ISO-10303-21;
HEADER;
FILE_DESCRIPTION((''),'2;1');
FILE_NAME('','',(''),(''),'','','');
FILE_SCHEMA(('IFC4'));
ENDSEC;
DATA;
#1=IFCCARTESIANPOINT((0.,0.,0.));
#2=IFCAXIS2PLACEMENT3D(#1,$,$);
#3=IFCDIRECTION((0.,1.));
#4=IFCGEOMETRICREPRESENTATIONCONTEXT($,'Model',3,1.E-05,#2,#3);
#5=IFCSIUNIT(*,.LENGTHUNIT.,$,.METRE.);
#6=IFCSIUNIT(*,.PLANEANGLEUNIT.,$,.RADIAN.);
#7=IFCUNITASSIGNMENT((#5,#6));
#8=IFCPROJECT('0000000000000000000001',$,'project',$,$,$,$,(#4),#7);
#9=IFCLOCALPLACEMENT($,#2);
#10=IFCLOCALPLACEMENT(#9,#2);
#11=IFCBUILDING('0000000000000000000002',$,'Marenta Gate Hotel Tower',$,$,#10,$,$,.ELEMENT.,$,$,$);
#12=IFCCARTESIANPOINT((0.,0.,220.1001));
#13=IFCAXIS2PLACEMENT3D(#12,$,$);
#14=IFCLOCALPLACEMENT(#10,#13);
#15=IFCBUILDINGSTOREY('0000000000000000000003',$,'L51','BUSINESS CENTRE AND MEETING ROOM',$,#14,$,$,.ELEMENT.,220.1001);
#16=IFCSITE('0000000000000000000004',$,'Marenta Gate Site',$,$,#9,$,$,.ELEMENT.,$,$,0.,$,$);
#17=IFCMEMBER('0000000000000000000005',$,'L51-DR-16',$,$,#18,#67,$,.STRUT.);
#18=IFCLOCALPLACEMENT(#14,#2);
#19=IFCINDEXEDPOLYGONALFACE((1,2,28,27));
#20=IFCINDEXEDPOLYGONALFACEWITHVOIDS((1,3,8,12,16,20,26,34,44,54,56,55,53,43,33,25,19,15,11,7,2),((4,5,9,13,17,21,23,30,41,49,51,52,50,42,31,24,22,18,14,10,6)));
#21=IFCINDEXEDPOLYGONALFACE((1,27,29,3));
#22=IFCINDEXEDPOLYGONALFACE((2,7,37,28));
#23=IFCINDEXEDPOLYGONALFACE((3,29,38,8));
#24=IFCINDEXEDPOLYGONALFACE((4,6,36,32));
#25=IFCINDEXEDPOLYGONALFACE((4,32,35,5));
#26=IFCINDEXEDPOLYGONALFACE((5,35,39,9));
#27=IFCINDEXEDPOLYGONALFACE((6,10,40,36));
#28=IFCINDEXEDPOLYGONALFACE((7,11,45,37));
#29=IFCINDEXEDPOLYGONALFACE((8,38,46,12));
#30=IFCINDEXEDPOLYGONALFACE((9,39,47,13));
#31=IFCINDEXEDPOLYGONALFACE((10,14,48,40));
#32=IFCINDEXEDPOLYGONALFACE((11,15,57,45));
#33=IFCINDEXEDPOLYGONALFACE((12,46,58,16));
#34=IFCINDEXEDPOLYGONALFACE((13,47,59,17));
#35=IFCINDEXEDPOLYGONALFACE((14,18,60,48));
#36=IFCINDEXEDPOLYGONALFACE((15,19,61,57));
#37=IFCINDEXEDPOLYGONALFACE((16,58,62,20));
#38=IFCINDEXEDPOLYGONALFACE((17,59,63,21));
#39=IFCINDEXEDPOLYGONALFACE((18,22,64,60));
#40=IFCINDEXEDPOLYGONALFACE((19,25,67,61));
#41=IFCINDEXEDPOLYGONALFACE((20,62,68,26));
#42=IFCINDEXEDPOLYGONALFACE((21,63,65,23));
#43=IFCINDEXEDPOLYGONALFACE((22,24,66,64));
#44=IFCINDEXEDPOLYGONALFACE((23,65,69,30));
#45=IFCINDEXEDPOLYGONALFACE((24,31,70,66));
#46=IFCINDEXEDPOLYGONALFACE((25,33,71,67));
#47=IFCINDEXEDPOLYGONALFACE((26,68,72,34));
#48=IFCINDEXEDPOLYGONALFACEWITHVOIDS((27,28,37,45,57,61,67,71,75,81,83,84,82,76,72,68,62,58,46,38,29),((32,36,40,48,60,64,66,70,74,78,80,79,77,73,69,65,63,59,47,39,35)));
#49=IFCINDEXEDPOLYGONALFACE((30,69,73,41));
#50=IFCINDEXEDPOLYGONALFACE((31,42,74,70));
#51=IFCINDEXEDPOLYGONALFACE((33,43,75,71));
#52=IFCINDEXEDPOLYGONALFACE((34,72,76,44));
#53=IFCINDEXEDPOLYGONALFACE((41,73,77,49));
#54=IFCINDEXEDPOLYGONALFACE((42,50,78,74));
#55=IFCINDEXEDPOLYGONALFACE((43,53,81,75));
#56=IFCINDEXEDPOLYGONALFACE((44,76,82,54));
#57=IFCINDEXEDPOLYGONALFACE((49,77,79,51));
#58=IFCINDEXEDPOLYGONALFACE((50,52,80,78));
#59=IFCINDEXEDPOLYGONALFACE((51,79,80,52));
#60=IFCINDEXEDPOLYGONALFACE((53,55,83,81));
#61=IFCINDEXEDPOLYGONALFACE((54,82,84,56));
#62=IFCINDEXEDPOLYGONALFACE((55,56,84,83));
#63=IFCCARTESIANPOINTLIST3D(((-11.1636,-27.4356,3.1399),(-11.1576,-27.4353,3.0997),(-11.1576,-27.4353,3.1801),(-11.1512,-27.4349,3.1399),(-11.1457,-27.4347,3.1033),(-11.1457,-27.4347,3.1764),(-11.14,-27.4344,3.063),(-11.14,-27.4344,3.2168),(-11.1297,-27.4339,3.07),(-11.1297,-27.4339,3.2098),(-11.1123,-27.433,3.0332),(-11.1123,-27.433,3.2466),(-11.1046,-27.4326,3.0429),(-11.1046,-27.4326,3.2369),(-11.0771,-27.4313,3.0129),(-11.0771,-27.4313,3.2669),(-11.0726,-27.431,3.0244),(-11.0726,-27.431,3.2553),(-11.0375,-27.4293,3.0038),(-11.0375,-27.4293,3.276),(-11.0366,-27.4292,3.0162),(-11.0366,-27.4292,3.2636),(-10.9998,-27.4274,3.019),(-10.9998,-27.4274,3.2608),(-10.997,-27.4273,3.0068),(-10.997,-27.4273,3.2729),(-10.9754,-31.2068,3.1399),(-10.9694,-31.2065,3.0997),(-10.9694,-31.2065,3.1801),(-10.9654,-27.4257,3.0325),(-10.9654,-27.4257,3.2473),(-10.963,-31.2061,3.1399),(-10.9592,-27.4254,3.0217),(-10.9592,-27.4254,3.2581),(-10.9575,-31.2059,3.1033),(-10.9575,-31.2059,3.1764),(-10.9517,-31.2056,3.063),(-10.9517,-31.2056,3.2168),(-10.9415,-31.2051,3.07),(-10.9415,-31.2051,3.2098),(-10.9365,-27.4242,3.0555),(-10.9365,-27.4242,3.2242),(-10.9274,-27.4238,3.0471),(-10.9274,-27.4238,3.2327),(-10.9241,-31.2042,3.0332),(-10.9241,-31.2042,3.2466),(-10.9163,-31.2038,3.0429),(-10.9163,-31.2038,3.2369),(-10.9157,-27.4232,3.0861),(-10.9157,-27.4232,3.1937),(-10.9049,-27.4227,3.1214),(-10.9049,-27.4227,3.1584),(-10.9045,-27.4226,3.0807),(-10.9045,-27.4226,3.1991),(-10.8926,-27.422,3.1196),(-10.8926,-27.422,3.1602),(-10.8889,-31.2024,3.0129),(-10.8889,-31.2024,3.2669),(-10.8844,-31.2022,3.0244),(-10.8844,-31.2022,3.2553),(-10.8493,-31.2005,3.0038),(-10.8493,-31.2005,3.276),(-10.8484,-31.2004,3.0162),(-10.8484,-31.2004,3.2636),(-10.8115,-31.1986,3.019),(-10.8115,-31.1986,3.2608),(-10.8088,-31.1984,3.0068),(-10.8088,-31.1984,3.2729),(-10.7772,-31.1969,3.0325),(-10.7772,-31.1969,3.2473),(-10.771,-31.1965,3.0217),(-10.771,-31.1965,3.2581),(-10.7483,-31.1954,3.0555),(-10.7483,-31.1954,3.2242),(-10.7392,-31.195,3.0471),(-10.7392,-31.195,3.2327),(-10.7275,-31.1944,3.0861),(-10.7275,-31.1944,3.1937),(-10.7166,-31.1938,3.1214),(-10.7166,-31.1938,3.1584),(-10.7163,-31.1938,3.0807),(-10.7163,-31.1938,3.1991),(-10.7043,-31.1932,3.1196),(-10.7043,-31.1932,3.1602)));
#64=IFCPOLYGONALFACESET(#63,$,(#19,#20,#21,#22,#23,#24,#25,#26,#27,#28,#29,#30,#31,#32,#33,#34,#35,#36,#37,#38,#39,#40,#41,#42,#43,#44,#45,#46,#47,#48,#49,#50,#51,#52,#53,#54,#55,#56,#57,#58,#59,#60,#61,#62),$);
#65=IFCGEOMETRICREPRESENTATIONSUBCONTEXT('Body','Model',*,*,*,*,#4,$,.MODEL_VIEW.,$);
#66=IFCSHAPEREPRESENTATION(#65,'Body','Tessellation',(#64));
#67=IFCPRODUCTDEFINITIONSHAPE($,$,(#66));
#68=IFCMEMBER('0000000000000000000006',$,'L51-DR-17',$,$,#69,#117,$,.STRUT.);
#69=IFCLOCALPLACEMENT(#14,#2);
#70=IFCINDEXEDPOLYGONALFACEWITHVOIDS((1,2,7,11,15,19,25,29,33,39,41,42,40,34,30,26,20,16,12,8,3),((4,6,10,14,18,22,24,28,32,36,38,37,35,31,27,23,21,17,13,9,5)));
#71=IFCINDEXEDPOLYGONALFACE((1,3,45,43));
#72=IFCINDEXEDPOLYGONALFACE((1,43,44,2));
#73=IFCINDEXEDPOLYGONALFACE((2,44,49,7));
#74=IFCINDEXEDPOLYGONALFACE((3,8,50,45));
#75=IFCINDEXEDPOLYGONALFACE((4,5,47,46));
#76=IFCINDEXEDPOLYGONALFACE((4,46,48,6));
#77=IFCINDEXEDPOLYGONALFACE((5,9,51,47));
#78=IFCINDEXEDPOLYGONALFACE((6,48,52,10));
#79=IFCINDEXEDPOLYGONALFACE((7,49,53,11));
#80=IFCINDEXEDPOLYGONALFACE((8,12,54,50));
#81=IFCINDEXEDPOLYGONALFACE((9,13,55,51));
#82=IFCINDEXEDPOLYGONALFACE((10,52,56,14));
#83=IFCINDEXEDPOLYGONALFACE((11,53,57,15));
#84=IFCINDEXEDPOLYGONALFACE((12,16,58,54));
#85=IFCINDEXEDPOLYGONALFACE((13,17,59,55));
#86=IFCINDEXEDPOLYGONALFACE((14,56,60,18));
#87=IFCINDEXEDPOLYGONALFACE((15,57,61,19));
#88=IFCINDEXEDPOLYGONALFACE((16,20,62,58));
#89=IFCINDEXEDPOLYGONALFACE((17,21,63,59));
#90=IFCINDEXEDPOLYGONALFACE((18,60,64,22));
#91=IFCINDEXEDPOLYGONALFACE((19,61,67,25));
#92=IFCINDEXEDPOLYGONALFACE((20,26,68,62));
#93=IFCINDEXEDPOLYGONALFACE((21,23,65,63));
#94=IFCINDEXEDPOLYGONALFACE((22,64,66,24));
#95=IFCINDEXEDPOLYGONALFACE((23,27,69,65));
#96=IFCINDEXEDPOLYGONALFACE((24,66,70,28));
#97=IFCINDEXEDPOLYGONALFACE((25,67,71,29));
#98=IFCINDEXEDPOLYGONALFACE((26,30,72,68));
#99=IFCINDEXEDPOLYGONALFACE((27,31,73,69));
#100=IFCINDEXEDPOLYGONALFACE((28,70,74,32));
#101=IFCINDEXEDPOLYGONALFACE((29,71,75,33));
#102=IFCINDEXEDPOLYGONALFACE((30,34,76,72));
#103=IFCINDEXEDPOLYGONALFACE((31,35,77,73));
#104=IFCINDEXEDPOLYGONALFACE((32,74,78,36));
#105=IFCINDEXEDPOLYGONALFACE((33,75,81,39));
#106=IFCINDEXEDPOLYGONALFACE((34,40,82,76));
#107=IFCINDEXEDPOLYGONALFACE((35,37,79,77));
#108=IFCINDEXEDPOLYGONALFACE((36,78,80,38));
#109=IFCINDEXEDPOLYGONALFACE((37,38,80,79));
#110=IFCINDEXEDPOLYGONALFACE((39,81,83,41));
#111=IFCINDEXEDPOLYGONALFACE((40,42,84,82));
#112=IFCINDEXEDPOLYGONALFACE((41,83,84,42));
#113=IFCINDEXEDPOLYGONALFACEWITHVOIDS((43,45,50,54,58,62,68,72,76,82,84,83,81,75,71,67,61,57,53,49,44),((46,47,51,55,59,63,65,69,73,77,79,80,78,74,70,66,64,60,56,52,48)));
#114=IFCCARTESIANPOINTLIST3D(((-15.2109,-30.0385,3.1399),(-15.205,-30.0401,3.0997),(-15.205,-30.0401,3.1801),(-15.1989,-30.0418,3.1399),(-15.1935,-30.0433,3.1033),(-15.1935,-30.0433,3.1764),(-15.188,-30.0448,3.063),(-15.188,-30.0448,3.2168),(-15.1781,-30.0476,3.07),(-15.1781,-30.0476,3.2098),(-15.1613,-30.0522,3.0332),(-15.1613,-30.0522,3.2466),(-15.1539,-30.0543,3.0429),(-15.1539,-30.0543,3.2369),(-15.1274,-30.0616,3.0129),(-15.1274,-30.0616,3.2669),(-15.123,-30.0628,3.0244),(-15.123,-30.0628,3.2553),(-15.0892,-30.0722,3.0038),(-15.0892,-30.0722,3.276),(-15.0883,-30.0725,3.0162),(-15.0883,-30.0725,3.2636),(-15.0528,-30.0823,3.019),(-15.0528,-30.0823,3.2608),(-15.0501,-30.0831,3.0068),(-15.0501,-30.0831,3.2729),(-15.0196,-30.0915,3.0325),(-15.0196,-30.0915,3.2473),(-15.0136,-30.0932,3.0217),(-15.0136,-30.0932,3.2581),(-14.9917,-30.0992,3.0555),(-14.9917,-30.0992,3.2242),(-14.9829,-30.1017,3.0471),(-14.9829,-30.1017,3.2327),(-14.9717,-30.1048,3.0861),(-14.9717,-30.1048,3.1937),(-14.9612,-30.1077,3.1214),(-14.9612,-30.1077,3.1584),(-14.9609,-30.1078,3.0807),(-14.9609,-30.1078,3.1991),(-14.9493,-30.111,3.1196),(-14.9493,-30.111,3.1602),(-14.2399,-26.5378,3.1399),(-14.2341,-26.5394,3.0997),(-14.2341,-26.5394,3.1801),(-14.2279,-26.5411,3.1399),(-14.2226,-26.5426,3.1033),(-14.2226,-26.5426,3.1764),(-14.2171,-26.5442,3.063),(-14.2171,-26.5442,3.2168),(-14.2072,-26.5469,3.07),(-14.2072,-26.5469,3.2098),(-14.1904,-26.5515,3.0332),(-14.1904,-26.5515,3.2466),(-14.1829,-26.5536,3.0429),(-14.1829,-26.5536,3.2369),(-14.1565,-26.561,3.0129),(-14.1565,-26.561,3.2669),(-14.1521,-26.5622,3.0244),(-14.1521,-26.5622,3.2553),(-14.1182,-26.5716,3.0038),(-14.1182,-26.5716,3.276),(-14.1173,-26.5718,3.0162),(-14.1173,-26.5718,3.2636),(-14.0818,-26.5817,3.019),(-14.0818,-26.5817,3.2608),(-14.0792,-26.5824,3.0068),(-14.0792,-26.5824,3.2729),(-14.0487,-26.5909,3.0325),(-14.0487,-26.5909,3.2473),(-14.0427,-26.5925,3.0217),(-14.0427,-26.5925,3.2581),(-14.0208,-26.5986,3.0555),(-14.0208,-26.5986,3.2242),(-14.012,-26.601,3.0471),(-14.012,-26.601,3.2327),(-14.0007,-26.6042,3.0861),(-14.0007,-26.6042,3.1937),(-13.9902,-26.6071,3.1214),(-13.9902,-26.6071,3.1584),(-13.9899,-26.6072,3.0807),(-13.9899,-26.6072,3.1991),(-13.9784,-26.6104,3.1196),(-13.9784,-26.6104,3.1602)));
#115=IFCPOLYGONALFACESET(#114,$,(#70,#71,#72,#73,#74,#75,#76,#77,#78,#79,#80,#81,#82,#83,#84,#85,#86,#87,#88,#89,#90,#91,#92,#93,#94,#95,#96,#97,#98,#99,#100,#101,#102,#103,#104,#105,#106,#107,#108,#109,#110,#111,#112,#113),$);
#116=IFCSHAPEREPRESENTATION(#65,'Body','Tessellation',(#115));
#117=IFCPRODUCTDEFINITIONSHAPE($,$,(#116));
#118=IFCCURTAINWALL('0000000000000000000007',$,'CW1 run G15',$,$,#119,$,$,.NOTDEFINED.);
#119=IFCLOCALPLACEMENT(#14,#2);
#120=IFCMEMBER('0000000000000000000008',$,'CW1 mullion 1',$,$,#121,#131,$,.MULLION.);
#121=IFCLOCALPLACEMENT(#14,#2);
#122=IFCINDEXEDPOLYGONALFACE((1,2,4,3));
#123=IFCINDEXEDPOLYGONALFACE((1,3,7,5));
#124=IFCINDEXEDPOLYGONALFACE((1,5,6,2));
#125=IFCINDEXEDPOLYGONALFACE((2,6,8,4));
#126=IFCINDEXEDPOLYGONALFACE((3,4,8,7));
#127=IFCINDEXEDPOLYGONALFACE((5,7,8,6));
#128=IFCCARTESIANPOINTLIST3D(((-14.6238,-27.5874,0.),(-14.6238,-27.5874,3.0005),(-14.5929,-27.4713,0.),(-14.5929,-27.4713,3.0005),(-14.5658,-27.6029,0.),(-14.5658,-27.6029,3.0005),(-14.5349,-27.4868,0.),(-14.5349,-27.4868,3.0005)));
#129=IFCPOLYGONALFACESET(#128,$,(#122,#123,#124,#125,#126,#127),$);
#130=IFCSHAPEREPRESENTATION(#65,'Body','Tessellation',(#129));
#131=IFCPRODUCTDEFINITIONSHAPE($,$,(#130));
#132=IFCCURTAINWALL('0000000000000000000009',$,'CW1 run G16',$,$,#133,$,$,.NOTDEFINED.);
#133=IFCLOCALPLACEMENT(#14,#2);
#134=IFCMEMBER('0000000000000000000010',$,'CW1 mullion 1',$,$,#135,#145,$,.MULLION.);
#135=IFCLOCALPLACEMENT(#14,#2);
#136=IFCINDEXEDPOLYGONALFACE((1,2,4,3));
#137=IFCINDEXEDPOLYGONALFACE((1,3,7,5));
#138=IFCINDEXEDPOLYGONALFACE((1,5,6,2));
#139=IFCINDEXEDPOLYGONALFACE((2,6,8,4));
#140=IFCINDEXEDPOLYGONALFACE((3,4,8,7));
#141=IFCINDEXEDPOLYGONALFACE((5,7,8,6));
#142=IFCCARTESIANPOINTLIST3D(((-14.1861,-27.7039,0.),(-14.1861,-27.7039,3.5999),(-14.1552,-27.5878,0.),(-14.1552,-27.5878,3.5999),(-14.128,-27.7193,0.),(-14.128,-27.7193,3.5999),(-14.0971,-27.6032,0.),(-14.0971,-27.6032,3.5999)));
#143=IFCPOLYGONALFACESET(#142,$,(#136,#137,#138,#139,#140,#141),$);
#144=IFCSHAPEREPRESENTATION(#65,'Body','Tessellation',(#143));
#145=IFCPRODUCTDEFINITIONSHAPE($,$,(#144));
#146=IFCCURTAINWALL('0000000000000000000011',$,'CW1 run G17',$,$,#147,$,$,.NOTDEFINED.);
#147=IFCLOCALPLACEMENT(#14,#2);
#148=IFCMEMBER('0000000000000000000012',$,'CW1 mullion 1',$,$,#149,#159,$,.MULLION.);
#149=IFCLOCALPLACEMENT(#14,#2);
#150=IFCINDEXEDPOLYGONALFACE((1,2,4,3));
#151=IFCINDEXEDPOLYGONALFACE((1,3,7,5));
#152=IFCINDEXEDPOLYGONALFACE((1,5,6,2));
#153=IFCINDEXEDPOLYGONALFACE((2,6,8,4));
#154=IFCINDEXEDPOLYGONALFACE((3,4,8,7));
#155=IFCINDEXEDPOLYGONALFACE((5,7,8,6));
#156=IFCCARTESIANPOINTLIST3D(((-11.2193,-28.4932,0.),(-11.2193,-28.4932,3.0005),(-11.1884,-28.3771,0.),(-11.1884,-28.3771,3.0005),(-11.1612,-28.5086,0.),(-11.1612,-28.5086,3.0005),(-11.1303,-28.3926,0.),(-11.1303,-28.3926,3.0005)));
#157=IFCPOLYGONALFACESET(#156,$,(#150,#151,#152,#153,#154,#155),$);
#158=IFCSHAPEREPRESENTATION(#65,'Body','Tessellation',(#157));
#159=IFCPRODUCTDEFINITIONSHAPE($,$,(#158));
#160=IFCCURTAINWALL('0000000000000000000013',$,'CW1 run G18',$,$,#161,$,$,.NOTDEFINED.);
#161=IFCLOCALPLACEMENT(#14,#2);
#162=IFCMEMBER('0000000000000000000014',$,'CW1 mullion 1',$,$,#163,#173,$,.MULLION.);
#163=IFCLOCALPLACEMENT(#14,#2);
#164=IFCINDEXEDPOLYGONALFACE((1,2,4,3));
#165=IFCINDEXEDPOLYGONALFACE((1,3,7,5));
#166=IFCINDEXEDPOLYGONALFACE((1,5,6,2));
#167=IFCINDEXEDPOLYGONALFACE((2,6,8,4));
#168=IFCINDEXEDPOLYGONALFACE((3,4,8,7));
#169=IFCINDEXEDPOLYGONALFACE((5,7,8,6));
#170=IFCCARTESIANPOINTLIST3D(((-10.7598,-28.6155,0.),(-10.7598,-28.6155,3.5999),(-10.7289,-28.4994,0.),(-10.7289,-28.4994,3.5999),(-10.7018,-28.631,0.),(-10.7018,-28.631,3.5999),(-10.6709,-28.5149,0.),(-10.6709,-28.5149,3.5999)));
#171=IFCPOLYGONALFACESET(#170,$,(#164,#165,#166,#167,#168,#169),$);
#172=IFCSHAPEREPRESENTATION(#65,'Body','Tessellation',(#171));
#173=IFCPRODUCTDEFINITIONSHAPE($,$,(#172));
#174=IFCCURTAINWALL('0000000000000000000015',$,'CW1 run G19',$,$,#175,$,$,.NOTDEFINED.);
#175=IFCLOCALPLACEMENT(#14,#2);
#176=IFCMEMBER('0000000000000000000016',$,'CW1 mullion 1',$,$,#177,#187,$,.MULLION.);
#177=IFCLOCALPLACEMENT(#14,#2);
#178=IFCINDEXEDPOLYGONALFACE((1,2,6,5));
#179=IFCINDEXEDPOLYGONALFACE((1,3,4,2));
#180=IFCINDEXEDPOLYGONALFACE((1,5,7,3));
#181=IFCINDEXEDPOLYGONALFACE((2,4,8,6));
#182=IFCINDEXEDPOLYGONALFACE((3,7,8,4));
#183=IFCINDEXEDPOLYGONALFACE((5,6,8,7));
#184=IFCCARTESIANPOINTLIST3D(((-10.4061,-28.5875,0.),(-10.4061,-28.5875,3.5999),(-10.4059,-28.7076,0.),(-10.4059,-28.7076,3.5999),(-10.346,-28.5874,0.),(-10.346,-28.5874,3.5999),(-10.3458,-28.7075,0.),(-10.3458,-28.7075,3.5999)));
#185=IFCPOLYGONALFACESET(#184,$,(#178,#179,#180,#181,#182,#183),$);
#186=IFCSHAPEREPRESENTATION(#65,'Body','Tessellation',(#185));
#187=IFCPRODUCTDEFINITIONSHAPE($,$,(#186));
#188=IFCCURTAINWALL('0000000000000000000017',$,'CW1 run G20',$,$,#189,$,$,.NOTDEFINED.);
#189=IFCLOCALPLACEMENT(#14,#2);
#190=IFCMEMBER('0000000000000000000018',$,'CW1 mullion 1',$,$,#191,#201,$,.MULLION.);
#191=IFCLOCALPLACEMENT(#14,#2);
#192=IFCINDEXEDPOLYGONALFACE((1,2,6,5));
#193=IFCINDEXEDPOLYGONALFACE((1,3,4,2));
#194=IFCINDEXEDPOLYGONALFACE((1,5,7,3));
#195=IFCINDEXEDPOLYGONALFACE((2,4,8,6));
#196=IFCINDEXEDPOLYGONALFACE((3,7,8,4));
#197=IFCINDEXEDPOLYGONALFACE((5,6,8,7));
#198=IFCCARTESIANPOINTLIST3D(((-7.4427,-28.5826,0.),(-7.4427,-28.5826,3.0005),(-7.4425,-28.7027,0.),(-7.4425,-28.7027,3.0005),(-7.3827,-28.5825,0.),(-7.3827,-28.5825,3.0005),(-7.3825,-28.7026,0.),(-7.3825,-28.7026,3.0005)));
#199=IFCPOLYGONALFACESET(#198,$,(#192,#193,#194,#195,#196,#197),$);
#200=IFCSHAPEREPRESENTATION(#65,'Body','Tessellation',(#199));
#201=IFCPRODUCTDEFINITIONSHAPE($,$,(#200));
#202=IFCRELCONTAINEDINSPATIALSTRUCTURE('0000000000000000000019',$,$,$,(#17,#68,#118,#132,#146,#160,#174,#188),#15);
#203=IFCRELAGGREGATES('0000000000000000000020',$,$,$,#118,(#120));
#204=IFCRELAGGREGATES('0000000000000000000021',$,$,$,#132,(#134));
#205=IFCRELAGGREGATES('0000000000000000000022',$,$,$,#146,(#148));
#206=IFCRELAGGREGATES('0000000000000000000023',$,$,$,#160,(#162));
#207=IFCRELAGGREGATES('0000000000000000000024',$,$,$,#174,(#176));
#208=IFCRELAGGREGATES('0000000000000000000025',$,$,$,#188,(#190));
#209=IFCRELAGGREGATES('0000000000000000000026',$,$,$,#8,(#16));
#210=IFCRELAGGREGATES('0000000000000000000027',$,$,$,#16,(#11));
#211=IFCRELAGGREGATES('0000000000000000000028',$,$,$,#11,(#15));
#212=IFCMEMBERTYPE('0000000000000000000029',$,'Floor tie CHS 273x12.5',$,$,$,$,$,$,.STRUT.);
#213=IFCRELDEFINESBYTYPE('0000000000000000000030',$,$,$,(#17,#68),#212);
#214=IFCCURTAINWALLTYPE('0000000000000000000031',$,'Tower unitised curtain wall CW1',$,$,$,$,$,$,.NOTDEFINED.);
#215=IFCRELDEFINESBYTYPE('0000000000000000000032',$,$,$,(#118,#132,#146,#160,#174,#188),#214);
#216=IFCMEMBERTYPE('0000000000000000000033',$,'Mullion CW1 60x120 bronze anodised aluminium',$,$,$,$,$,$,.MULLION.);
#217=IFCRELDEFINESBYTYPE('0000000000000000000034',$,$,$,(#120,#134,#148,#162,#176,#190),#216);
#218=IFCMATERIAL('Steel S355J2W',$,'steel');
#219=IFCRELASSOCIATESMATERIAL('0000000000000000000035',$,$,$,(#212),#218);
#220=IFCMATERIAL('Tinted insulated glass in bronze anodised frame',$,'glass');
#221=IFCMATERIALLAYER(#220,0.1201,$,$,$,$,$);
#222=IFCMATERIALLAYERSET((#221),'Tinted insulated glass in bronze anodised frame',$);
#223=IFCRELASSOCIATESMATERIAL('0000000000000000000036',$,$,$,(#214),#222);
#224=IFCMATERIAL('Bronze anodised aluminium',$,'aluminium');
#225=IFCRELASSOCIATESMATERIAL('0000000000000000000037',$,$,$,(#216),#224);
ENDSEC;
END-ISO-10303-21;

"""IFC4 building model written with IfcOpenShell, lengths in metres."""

from ifc_helpers import new_model, si_unit, direction, frame, origin, origin_2d, place, context, subcontext, project, spatial, rectangle, hollow_circle, extrude, material, layer, layer_set, material_profile, profile_set, type_object, element, aggregate, save


model = new_model("IFC4")

# Units and contexts
model_context = context("Model", 3, precision=1e-05, world=origin(), true_north=direction((0.0, 1.0)))
body_context = subcontext(model_context, "Body", "Model", "MODEL_VIEW")
ifc_project = project(units=[si_unit("LENGTHUNIT", "METRE"), si_unit("PLANEANGLEUNIT", "RADIAN")], contexts=[model_context])

# Site, building, storey
site_placement = place(None, origin())
site = spatial("IfcSite", under=ifc_project, at=site_placement, Name="Marenta Gate Site", CompositionType="ELEMENT", RefElevation=0.0)
building_placement = place(site_placement, origin())
building = spatial("IfcBuilding", under=site, at=building_placement, Name="Marenta Gate Hotel Tower", CompositionType="ELEMENT")
storey_placement = place(building_placement, frame((0.0, 0.0, 220.1001)))
storey = spatial("IfcBuildingStorey", under=building, at=storey_placement, Name="L51", Description="BUSINESS CENTRE AND MEETING ROOM", CompositionType="ELEMENT", Elevation=220.1001)

# Members
ifc_material_1 = material(Name="Steel S355J2W", Category="steel")
ifc_material_profile_1 = material_profile(ifc_material_1, hollow_circle(Radius=0.1365, WallThickness=0.0125, at=origin_2d()), Name="CHS 273x12.5")
ifc_profile_set_1 = profile_set([ifc_material_profile_1], Name="Steel S355J2W")
member_type_1 = type_object("IfcMemberType", Name="Floor tie CHS 273x12.5", PredefinedType="STRUT", material=ifc_profile_set_1)
member_1_placement = place(storey_placement, frame((-10.8391, -31.2, 3.1399), z_axis=(-0.049851, 0.998757, 0.0), x_axis=(-0.998757, -0.049851, 0.0)))
element("IfcMember", 1, at=member_1_placement, inside=storey, type_object=member_type_1, Name="L51-DR-16", PredefinedType="STRUT", context=body_context, shape_type="SweptSolid", body=[
    extrude(hollow_circle(Radius=0.1365, WallThickness=0.0125, at=origin_2d()), origin(), (0.0, 0.0, 1.0), 3.7759),
])
member_2_placement = place(storey_placement, frame((-15.0793, -30.075, 3.1399), z_axis=(0.267266, 0.963623, 0.0), x_axis=(-0.963623, 0.267266, 0.0)))
element("IfcMember", 2, at=member_2_placement, inside=storey, type_object=member_type_1, Name="L51-DR-17", PredefinedType="STRUT", context=body_context, shape_type="SweptSolid", body=[
    extrude(hollow_circle(Radius=0.1365, WallThickness=0.0125, at=origin_2d()), origin(), (0.0, 0.0, 1.0), 3.6328),
])

# Curtain walls, members
ifc_material_2 = material(Name="Tinted insulated glass in bronze anodised frame", Category="glass")
ifc_layer_1 = layer(ifc_material_2, 0.1201)
ifc_layer_set_1 = layer_set([ifc_layer_1], Name="Tinted insulated glass in bronze anodised frame")
curtain_wall_type = type_object("IfcCurtainWallType", Name="Tower unitised curtain wall CW1", PredefinedType="NOTDEFINED", material=ifc_layer_set_1)
curtain_wall_1_placement = place(storey_placement, origin())
curtain_wall_1 = element("IfcCurtainWall", 3, at=curtain_wall_1_placement, inside=storey, type_object=curtain_wall_type, Name="CW1 run G15", PredefinedType="NOTDEFINED")
ifc_material_3 = material(Name="Bronze anodised aluminium", Category="aluminium")
ifc_material_profile_2 = material_profile(ifc_material_3, rectangle(XDim=0.1201, YDim=0.0601, at=origin_2d()), Name="Mullion CW1 60x120 bronze anodised aluminium")
ifc_profile_set_2 = profile_set([ifc_material_profile_2], Name="Bronze anodised aluminium")
member_type_2 = type_object("IfcMemberType", Name="Mullion CW1 60x120 bronze anodised aluminium", PredefinedType="MULLION", material=ifc_profile_set_2)
member_3_placement = place(storey_placement, frame((-14.5793, -27.5371, 0.0), z_axis=(0.0, 0.0, 1.0), x_axis=(0.257154, 0.96637, 0.0)))
member_3 = element("IfcMember", 4, at=member_3_placement, type_object=member_type_2, Name="CW1 mullion 1", PredefinedType="MULLION", context=body_context, shape_type="SweptSolid", body=[
    extrude(rectangle(XDim=0.1201, YDim=0.0601, at=origin_2d()), origin(), (0.0, 0.0, 1.0), 3.0005),
])
curtain_wall_2_placement = place(storey_placement, origin())
curtain_wall_2 = element("IfcCurtainWall", 5, at=curtain_wall_2_placement, inside=storey, type_object=curtain_wall_type, Name="CW1 run G16", PredefinedType="NOTDEFINED")
member_4_placement = place(storey_placement, frame((-14.1416, -27.6536, 0.0), z_axis=(0.0, 0.0, 1.0), x_axis=(0.257117, 0.96638, 0.0)))
member_4 = element("IfcMember", 6, at=member_4_placement, type_object=member_type_2, Name="CW1 mullion 1", PredefinedType="MULLION", context=body_context, shape_type="SweptSolid", body=[
    extrude(rectangle(XDim=0.1201, YDim=0.0601, at=origin_2d()), origin(), (0.0, 0.0, 1.0), 3.5999),
])
curtain_wall_3_placement = place(storey_placement, origin())
curtain_wall_3 = element("IfcCurtainWall", 7, at=curtain_wall_3_placement, inside=storey, type_object=curtain_wall_type, Name="CW1 run G17", PredefinedType="NOTDEFINED")
member_5_placement = place(storey_placement, frame((-11.1748, -28.4429, 0.0), z_axis=(0.0, 0.0, 1.0), x_axis=(0.2571, 0.966385, 0.0)))
member_5 = element("IfcMember", 8, at=member_5_placement, type_object=member_type_2, Name="CW1 mullion 1", PredefinedType="MULLION", context=body_context, shape_type="SweptSolid", body=[
    extrude(rectangle(XDim=0.1201, YDim=0.0601, at=origin_2d()), origin(), (0.0, 0.0, 1.0), 3.0005),
])
curtain_wall_4_placement = place(storey_placement, origin())
curtain_wall_4 = element("IfcCurtainWall", 9, at=curtain_wall_4_placement, inside=storey, type_object=curtain_wall_type, Name="CW1 run G18", PredefinedType="NOTDEFINED")
member_6_placement = place(storey_placement, frame((-10.7153, -28.5652, 0.0), z_axis=(0.0, 0.0, 1.0), x_axis=(0.257431, 0.966297, 0.0)))
member_6 = element("IfcMember", 10, at=member_6_placement, type_object=member_type_2, Name="CW1 mullion 1", PredefinedType="MULLION", context=body_context, shape_type="SweptSolid", body=[
    extrude(rectangle(XDim=0.1201, YDim=0.0601, at=origin_2d()), origin(), (0.0, 0.0, 1.0), 3.5999),
])
curtain_wall_5_placement = place(storey_placement, origin())
curtain_wall_5 = element("IfcCurtainWall", 11, at=curtain_wall_5_placement, inside=storey, type_object=curtain_wall_type, Name="CW1 run G19", PredefinedType="NOTDEFINED")
member_7_placement = place(storey_placement, frame((-10.376, -28.6475, 0.0), z_axis=(0.0, 0.0, 1.0), x_axis=(-0.001654, 0.999999, 0.0)))
member_7 = element("IfcMember", 12, at=member_7_placement, type_object=member_type_2, Name="CW1 mullion 1", PredefinedType="MULLION", context=body_context, shape_type="SweptSolid", body=[
    extrude(rectangle(XDim=0.1201, YDim=0.0601, at=origin_2d()), origin(), (0.0, 0.0, 1.0), 3.5999),
])
curtain_wall_6_placement = place(storey_placement, origin())
curtain_wall_6 = element("IfcCurtainWall", 13, at=curtain_wall_6_placement, inside=storey, type_object=curtain_wall_type, Name="CW1 run G20", PredefinedType="NOTDEFINED")
member_8_placement = place(storey_placement, frame((-7.4126, -28.6426, 0.0), z_axis=(0.0, 0.0, 1.0), x_axis=(-0.001766, 0.999998, 0.0)))
member_8 = element("IfcMember", 14, at=member_8_placement, type_object=member_type_2, Name="CW1 mullion 1", PredefinedType="MULLION", context=body_context, shape_type="SweptSolid", body=[
    extrude(rectangle(XDim=0.1201, YDim=0.0601, at=origin_2d()), origin(), (0.0, 0.0, 1.0), 3.0005),
])

aggregate(curtain_wall_1, [member_3])
aggregate(curtain_wall_2, [member_4])
aggregate(curtain_wall_3, [member_5])
aggregate(curtain_wall_4, [member_6])
aggregate(curtain_wall_5, [member_7])
aggregate(curtain_wall_6, [member_8])

save(model, "model.ifc")
